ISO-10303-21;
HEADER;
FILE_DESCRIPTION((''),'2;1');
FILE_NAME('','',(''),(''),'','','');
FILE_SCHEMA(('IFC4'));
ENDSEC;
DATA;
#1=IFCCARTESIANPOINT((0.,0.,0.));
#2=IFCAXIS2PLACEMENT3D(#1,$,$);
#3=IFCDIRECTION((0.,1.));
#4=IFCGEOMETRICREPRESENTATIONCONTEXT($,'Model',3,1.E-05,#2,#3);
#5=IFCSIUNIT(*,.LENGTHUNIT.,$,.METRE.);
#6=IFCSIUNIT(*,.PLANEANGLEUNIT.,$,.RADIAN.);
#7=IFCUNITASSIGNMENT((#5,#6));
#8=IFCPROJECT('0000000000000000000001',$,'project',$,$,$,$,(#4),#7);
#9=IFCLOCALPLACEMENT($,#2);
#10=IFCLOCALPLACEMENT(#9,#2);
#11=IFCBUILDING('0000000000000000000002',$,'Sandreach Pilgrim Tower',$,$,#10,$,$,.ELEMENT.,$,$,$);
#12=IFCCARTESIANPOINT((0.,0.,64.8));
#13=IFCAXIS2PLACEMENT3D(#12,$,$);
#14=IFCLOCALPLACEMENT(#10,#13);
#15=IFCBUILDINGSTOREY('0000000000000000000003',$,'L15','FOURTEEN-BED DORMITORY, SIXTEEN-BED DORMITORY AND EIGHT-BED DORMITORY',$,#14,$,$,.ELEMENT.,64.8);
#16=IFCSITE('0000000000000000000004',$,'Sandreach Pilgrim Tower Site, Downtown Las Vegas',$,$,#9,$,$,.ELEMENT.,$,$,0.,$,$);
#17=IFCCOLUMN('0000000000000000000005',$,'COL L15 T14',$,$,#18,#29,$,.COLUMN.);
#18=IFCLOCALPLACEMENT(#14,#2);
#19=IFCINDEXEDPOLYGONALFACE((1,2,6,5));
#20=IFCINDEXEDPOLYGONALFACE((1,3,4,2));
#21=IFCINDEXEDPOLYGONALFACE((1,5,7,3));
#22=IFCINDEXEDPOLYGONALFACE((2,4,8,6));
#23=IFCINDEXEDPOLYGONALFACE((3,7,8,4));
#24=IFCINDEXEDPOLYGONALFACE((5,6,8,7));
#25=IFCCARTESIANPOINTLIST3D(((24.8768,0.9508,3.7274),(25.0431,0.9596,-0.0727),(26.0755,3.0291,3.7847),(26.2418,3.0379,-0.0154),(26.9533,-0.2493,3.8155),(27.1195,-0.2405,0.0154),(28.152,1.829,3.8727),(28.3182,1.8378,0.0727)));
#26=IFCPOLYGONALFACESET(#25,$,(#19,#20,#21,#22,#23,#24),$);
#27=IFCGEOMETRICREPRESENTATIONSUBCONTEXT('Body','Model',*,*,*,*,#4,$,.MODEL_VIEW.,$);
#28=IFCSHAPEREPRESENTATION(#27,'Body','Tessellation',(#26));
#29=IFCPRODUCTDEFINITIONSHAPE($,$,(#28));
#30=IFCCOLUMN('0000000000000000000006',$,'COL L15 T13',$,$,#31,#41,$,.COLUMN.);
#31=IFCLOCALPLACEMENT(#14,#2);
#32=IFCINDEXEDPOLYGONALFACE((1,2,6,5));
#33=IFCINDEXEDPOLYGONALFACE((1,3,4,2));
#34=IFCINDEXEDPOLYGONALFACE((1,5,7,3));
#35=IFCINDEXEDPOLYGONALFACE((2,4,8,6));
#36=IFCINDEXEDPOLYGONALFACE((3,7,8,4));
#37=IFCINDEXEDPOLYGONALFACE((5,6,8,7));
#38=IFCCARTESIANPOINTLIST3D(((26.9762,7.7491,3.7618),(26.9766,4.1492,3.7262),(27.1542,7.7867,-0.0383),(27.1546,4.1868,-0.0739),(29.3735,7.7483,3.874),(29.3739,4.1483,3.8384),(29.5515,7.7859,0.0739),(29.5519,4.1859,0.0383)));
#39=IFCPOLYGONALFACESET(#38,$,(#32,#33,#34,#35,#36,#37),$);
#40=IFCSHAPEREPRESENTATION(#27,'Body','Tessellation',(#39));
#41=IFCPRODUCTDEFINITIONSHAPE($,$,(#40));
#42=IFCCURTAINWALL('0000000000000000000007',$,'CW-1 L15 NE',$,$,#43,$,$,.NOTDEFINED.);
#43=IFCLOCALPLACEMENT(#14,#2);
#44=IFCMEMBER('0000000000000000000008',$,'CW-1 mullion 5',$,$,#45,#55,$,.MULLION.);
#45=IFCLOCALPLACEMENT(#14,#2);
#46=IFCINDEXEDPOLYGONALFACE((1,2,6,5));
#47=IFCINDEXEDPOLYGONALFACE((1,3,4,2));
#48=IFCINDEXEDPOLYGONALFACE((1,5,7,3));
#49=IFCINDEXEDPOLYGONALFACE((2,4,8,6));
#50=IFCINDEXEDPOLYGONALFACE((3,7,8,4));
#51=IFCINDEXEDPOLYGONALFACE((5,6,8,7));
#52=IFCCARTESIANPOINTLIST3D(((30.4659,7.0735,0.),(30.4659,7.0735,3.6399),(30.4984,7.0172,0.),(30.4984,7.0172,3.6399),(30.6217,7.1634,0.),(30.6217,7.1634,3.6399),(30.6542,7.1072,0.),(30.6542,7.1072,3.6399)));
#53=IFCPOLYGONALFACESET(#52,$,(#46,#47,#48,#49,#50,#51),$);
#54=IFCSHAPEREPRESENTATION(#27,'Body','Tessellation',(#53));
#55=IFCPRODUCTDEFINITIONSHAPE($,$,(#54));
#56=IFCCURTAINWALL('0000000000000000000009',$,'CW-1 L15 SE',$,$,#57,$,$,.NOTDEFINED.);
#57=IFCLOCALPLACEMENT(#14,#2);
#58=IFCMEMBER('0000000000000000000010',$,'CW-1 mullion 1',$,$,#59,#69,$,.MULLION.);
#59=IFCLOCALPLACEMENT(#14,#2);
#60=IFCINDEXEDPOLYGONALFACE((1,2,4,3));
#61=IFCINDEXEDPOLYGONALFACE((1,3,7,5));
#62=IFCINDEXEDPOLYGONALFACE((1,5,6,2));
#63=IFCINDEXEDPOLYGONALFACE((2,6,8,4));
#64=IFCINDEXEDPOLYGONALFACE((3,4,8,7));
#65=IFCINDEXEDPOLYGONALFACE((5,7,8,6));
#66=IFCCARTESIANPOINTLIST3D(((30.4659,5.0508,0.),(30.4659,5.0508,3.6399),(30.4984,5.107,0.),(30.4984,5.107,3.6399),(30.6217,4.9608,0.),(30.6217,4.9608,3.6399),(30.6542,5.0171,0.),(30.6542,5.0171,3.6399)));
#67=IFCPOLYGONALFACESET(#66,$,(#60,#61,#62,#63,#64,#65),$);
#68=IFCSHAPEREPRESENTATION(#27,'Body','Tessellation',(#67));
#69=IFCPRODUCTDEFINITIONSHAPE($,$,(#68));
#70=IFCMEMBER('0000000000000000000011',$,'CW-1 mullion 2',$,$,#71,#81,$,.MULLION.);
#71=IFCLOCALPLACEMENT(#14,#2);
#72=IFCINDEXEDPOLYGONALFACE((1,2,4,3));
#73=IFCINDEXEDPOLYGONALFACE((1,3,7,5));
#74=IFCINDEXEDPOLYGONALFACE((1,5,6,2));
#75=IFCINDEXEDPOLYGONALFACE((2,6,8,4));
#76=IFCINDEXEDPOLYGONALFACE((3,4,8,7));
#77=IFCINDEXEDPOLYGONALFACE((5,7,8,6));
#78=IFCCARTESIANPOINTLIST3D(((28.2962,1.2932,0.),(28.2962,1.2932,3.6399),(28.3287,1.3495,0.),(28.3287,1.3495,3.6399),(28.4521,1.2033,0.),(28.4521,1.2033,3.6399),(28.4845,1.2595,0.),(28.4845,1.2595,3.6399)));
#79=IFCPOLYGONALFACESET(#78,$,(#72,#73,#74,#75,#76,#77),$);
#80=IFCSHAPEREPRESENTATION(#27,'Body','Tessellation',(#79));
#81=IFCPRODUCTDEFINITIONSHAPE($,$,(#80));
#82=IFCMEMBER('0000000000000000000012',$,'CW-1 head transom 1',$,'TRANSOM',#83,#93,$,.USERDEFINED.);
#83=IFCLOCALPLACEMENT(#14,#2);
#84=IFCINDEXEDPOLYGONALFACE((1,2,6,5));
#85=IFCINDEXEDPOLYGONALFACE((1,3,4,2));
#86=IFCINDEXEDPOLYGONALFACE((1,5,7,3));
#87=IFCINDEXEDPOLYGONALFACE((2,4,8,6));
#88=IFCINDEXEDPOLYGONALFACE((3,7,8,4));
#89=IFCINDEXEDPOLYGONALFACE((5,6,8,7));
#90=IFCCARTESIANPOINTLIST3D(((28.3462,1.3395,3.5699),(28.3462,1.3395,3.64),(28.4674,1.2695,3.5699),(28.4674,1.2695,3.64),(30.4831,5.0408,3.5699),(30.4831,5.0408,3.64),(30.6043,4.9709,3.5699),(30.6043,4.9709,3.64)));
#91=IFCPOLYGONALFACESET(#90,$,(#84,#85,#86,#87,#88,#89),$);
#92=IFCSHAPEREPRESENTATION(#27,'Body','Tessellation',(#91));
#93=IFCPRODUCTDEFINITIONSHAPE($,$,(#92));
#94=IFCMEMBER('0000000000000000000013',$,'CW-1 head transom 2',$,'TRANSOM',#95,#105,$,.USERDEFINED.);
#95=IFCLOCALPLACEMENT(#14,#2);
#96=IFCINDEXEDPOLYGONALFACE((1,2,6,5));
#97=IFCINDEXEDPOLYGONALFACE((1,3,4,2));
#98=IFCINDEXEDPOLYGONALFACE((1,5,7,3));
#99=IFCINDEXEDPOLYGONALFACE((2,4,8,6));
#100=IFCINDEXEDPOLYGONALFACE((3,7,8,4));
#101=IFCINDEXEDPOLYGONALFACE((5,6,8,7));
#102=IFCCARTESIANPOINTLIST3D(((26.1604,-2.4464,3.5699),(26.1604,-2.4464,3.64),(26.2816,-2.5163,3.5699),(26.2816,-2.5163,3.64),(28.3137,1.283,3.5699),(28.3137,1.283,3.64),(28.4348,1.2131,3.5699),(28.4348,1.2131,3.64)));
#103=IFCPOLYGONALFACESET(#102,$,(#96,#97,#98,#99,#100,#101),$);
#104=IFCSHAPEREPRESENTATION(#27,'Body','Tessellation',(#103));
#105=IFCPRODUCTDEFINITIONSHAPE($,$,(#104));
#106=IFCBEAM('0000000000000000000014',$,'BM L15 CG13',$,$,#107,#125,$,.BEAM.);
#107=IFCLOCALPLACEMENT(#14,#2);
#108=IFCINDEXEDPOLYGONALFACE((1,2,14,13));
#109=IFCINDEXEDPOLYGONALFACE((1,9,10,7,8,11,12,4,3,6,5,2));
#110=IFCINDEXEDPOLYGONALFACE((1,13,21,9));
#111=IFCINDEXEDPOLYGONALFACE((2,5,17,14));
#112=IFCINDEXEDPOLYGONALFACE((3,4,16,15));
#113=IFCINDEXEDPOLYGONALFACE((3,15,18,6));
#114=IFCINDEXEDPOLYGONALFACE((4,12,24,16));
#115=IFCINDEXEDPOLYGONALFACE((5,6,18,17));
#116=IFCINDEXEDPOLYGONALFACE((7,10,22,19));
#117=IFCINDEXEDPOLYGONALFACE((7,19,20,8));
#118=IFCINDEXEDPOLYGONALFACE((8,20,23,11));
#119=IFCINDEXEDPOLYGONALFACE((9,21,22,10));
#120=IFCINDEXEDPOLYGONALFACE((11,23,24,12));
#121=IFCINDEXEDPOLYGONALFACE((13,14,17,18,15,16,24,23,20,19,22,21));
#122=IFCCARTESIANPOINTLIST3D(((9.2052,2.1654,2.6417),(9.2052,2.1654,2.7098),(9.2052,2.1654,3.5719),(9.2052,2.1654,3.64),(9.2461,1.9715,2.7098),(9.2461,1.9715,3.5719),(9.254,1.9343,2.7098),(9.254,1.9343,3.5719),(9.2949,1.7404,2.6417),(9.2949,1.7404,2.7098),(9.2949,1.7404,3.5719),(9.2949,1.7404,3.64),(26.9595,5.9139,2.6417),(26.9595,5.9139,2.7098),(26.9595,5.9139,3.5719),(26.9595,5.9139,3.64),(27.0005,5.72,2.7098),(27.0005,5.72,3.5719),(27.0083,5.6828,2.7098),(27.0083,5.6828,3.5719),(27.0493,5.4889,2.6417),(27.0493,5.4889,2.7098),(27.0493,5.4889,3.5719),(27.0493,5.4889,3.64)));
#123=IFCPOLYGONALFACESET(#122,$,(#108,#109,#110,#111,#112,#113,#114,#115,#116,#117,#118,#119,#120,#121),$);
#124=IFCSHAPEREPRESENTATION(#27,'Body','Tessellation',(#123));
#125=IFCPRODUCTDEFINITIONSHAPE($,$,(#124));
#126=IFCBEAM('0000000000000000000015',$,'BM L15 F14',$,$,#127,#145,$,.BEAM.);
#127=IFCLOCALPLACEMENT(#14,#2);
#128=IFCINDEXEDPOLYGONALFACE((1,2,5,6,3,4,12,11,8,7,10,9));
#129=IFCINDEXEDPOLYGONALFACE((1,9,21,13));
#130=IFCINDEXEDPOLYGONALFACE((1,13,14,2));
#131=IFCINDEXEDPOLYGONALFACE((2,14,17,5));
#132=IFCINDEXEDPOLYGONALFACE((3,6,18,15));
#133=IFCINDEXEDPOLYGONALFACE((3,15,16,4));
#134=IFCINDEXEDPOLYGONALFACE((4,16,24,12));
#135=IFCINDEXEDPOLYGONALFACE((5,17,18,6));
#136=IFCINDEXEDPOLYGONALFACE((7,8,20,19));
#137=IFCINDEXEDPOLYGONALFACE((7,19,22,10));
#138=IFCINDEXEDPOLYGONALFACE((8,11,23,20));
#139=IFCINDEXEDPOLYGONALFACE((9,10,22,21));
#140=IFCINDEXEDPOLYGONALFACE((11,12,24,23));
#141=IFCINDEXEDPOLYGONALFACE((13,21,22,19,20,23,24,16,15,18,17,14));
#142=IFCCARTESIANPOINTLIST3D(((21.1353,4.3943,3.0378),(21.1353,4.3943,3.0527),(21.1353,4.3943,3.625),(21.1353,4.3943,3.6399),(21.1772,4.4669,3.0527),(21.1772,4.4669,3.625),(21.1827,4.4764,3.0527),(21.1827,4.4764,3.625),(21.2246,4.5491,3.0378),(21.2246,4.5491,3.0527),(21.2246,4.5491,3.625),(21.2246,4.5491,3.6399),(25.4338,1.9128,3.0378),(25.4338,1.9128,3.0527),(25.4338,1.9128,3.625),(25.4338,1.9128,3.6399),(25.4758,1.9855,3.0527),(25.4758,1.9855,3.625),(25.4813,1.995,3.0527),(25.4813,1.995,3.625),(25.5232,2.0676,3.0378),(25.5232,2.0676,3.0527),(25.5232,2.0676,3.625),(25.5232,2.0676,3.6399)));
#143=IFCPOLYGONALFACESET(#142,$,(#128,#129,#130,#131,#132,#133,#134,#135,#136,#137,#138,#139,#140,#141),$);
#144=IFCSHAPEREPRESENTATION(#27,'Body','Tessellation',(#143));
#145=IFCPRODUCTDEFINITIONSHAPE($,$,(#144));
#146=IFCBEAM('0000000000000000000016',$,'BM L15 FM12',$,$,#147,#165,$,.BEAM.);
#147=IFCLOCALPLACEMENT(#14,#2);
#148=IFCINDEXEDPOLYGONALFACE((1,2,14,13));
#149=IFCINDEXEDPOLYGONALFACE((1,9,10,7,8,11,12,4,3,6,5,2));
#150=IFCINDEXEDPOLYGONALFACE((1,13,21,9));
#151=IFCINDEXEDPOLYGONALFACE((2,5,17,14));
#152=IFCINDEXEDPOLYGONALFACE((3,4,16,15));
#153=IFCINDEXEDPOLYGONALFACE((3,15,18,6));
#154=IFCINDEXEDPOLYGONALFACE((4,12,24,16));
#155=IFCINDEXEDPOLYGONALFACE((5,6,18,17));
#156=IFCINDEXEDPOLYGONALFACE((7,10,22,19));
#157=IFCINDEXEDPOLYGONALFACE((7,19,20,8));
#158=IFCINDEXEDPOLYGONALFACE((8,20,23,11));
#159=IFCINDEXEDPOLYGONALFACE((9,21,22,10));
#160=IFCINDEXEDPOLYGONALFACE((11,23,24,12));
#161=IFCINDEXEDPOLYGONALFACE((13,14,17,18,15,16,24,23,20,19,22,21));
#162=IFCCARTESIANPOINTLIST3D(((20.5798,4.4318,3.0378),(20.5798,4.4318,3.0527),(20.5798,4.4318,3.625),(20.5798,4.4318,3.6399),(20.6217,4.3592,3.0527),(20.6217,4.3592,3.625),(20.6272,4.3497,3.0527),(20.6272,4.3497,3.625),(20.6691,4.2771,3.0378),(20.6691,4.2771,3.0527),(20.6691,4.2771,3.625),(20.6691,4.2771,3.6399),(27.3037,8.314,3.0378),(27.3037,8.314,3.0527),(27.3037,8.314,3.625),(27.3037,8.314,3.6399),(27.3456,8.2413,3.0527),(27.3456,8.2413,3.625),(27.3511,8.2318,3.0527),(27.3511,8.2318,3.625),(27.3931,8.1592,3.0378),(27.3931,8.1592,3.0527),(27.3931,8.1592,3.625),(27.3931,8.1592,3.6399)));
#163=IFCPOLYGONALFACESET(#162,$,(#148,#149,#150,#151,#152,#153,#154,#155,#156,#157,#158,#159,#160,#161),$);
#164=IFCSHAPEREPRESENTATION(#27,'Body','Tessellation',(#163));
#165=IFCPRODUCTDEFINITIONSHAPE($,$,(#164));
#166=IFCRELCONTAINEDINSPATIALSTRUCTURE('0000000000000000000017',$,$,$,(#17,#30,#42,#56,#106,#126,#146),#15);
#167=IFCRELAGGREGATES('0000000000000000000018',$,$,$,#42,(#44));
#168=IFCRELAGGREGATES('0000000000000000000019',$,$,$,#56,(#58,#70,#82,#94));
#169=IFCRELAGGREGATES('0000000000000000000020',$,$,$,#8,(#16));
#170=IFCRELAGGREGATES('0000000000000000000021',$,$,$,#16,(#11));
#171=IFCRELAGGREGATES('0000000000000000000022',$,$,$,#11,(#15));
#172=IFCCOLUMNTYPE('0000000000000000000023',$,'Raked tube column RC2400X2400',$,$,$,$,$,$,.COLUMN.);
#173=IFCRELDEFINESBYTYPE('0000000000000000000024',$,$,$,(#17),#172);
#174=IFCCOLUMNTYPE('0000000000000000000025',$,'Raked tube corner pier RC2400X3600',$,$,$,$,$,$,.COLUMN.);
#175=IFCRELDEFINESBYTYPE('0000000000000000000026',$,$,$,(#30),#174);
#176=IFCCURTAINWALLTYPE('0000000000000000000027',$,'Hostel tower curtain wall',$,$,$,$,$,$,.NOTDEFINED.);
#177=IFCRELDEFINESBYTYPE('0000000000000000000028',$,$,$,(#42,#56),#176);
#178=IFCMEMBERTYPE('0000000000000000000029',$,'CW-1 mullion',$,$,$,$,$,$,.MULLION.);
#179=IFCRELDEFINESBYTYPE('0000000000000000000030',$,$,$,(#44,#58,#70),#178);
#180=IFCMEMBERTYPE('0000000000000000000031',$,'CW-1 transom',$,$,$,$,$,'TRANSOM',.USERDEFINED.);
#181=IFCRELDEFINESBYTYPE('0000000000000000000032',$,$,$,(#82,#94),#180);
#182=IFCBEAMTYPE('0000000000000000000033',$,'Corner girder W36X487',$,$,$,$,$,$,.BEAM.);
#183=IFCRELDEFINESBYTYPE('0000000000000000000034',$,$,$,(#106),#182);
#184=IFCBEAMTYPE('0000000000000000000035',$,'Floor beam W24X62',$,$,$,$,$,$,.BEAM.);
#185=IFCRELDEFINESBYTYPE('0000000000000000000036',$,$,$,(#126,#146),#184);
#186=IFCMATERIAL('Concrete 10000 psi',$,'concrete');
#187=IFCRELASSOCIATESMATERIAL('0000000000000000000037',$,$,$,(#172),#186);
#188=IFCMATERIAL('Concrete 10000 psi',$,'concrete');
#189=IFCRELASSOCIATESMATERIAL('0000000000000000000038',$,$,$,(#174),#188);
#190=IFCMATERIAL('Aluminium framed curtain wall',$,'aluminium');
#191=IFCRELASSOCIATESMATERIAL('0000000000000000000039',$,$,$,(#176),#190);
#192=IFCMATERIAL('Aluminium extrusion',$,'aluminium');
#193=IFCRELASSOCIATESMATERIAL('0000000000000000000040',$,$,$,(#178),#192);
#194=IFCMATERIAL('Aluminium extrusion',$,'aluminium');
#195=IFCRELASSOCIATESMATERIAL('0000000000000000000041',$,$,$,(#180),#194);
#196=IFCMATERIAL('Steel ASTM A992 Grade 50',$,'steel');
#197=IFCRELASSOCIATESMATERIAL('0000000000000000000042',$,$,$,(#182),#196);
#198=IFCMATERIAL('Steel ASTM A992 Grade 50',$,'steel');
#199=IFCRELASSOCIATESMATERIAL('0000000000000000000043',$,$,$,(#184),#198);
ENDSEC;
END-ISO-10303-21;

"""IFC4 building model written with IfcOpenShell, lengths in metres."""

from ifc_helpers import new_model, si_unit, direction, frame, origin, origin_2d, place, context, subcontext, project, spatial, rectangle, i_section, extrude, material, material_profile, profile_set, type_object, element, aggregate, save


model = new_model("IFC4")

# Units and contexts
model_context = context("Model", 3, precision=1e-05, world=origin(), true_north=direction((0.0, 1.0)))
body_context = subcontext(model_context, "Body", "Model", "MODEL_VIEW")
ifc_project = project(units=[si_unit("LENGTHUNIT", "METRE"), si_unit("PLANEANGLEUNIT", "RADIAN")], contexts=[model_context])

# Site, building, storey
site_placement = place(None, origin())
site = spatial("IfcSite", under=ifc_project, at=site_placement, Name="Sandreach Pilgrim Tower Site, Downtown Las Vegas", CompositionType="ELEMENT", RefElevation=0.0)
building_placement = place(site_placement, origin())
building = spatial("IfcBuilding", under=site, at=building_placement, Name="Sandreach Pilgrim Tower", CompositionType="ELEMENT")
storey_placement = place(building_placement, frame((0.0, 0.0, 64.8)))
storey = spatial("IfcBuildingStorey", under=building, at=storey_placement, Name="L15", Description="FOURTEEN-BED DORMITORY, SIXTEEN-BED DORMITORY AND EIGHT-BED DORMITORY", CompositionType="ELEMENT", Elevation=64.8)

# Columns
ifc_material_1 = material(Name="Concrete 10000 psi", Category="concrete")
ifc_material_profile_1 = material_profile(ifc_material_1, rectangle(XDim=2.3999, YDim=2.3999, at=origin_2d()), Name="RC2400X2400")
ifc_profile_set_1 = profile_set([ifc_material_profile_1], Name="Concrete 10000 psi")
column_type_1 = type_object("IfcColumnType", Name="Raked tube column RC2400X2400", PredefinedType="COLUMN", material=ifc_profile_set_1)
column_1_placement = place(storey_placement, frame((26.6807, 1.3987, 0.0), z_axis=(-0.04371, -0.002311, 0.999042), x_axis=(0.865224, -0.500041, 0.036699)))
element("IfcColumn", 1, at=column_1_placement, inside=storey, type_object=column_type_1, Name="COL L15 T14", PredefinedType="COLUMN", context=body_context, shape_type="SweptSolid", body=[
    extrude(rectangle(XDim=2.3999, YDim=2.3999, at=origin_2d()), origin(), (0.0, 0.0, 1.0), 3.8037),
])
ifc_material_2 = material(Name="Concrete 10000 psi", Category="concrete")
ifc_material_profile_2 = material_profile(ifc_material_2, rectangle(XDim=2.3999, YDim=3.6001, at=origin_2d()), Name="RC2400X3600")
ifc_profile_set_2 = profile_set([ifc_material_profile_2], Name="Concrete 10000 psi")
column_type_2 = type_object("IfcColumnType", Name="Raked tube corner pier RC2400X3600", PredefinedType="COLUMN", material=ifc_profile_set_2)
column_2_placement = place(storey_placement, frame((28.353, 5.9863, 0.0), z_axis=(-0.046782, -0.009883, 0.998856), x_axis=(0.998905, -0.000352, 0.046781)))
element("IfcColumn", 2, at=column_2_placement, inside=storey, type_object=column_type_2, Name="COL L15 T13", PredefinedType="COLUMN", context=body_context, shape_type="SweptSolid", body=[
    extrude(rectangle(XDim=2.3999, YDim=3.6001, at=origin_2d()), origin(), (0.0, 0.0, 1.0), 3.8044),
])

# Curtain wall, member
ifc_material_3 = material(Name="Aluminium framed curtain wall", Category="aluminium")
curtain_wall_type = type_object("IfcCurtainWallType", Name="Hostel tower curtain wall", PredefinedType="NOTDEFINED", material=ifc_material_3)
curtain_wall_1_placement = place(storey_placement, origin())
curtain_wall_1 = element("IfcCurtainWall", 3, at=curtain_wall_1_placement, inside=storey, type_object=curtain_wall_type, Name="CW-1 L15 NE", PredefinedType="NOTDEFINED")
ifc_material_4 = material(Name="Aluminium extrusion", Category="aluminium")
ifc_material_profile_3 = material_profile(ifc_material_4, rectangle(XDim=0.0649, YDim=0.1799, at=origin_2d()), Name="CW-1M 65X180")
ifc_profile_set_3 = profile_set([ifc_material_profile_3], Name="Aluminium extrusion")
member_type_1 = type_object("IfcMemberType", Name="CW-1 mullion", PredefinedType="MULLION", material=ifc_profile_set_3)
member_1_placement = place(storey_placement, frame((30.5601, 7.0903, 0.0), z_axis=(0.0, 0.0, 1.0), x_axis=(0.5, -0.866025, 0.0)))
member_1 = element("IfcMember", 4, at=member_1_placement, type_object=member_type_1, Name="CW-1 mullion 5", PredefinedType="MULLION", context=body_context, shape_type="SweptSolid", body=[
    extrude(rectangle(XDim=0.0649, YDim=0.1799, at=origin_2d()), origin(), (0.0, 0.0, 1.0), 3.6399),
])

# Curtain wall, members
curtain_wall_2_placement = place(storey_placement, origin())
curtain_wall_2 = element("IfcCurtainWall", 5, at=curtain_wall_2_placement, inside=storey, type_object=curtain_wall_type, Name="CW-1 L15 SE", PredefinedType="NOTDEFINED")
member_2_placement = place(storey_placement, frame((30.5601, 5.0339, 0.0), z_axis=(0.0, 0.0, 1.0), x_axis=(-0.5, -0.866025, 0.0)))
member_2 = element("IfcMember", 6, at=member_2_placement, type_object=member_type_1, Name="CW-1 mullion 1", PredefinedType="MULLION", context=body_context, shape_type="SweptSolid", body=[
    extrude(rectangle(XDim=0.0649, YDim=0.1799, at=origin_2d()), origin(), (0.0, 0.0, 1.0), 3.6399),
])
member_3_placement = place(storey_placement, frame((28.3904, 1.2764, 0.0), z_axis=(0.0, 0.0, 1.0), x_axis=(-0.5, -0.866025, 0.0)))
member_3 = element("IfcMember", 7, at=member_3_placement, type_object=member_type_1, Name="CW-1 mullion 2", PredefinedType="MULLION", context=body_context, shape_type="SweptSolid", body=[
    extrude(rectangle(XDim=0.0649, YDim=0.1799, at=origin_2d()), origin(), (0.0, 0.0, 1.0), 3.6399),
])
ifc_material_5 = material(Name="Aluminium extrusion", Category="aluminium")
ifc_material_profile_4 = material_profile(ifc_material_5, rectangle(XDim=0.1399, YDim=0.0701, at=origin_2d()), Name="CW-1T 140X70")
ifc_profile_set_4 = profile_set([ifc_material_profile_4], Name="Aluminium extrusion")
member_type_2 = type_object("IfcMemberType", Name="CW-1 transom", ElementType="TRANSOM", PredefinedType="USERDEFINED", material=ifc_profile_set_4)
member_4_placement = place(storey_placement, frame((30.5437, 5.0059, 3.605), z_axis=(-0.499991, -0.866031, 0.0), x_axis=(0.866031, -0.499991, 0.0)))
member_4 = element("IfcMember", 8, at=member_4_placement, type_object=member_type_2, Name="CW-1 head transom 1", ObjectType="TRANSOM", PredefinedType="USERDEFINED", context=body_context, shape_type="SweptSolid", body=[
    extrude(rectangle(XDim=0.1399, YDim=0.0701, at=origin_2d()), origin(), (0.0, 0.0, 1.0), 4.2739),
])
member_5_placement = place(storey_placement, frame((28.3743, 1.248, 3.605), z_axis=(-0.500017, -0.866016, 0.0), x_axis=(0.866016, -0.500017, 0.0)))
member_5 = element("IfcMember", 9, at=member_5_placement, type_object=member_type_2, Name="CW-1 head transom 2", ObjectType="TRANSOM", PredefinedType="USERDEFINED", context=body_context, shape_type="SweptSolid", body=[
    extrude(rectangle(XDim=0.1399, YDim=0.0701, at=origin_2d()), origin(), (0.0, 0.0, 1.0), 4.3064),
])

# Beams
ifc_material_6 = material(Name="Steel ASTM A992 Grade 50", Category="steel")
ifc_material_profile_5 = material_profile(ifc_material_6, i_section(OverallWidth=0.4343, OverallDepth=0.9983, WebThickness=0.0381, FlangeThickness=0.0681, at=origin_2d()), Name="W36X487")
ifc_profile_set_5 = profile_set([ifc_material_profile_5], Name="Steel ASTM A992 Grade 50")
beam_type_1 = type_object("IfcBeamType", Name="Corner girder W36X487", PredefinedType="BEAM", material=ifc_profile_set_5)
beam_1_placement = place(storey_placement, frame((27.0044, 5.7014, 3.1409), z_axis=(-0.97843, -0.206579, 0.0), x_axis=(0.206579, -0.97843, 0.0)))
element("IfcBeam", 10, at=beam_1_placement, inside=storey, type_object=beam_type_1, Name="BM L15 CG13", PredefinedType="BEAM", context=body_context, shape_type="SweptSolid", body=[
    extrude(i_section(OverallWidth=0.4343, OverallDepth=0.9983, WebThickness=0.0381, FlangeThickness=0.0681, at=origin_2d()), origin(), (0.0, 0.0, 1.0), 18.1458),
])
ifc_material_7 = material(Name="Steel ASTM A992 Grade 50", Category="steel")
ifc_material_profile_6 = material_profile(ifc_material_7, i_section(OverallWidth=0.1787, OverallDepth=0.6021, WebThickness=0.011, FlangeThickness=0.0149, at=origin_2d()), Name="W24X62")
ifc_profile_set_6 = profile_set([ifc_material_profile_6], Name="Steel ASTM A992 Grade 50")
beam_type_2 = type_object("IfcBeamType", Name="Floor beam W24X62", PredefinedType="BEAM", material=ifc_profile_set_6)
beam_2_placement = place(storey_placement, frame((25.4785, 1.9902, 3.3389), z_axis=(-0.866055, 0.499948, 0.0), x_axis=(-0.499948, -0.866055, 0.0)))
element("IfcBeam", 11, at=beam_2_placement, inside=storey, type_object=beam_type_2, Name="BM L15 F14", PredefinedType="BEAM", context=body_context, shape_type="SweptSolid", body=[
    extrude(i_section(OverallWidth=0.1787, OverallDepth=0.6021, WebThickness=0.011, FlangeThickness=0.0149, at=origin_2d()), origin(), (0.0, 0.0, 1.0), 4.9634),
])
beam_3_placement = place(storey_placement, frame((27.3484, 8.2366, 3.3389), z_axis=(-0.866023, -0.500005, 0.0), x_axis=(0.500005, -0.866023, 0.0)))
element("IfcBeam", 12, at=beam_3_placement, inside=storey, type_object=beam_type_2, Name="BM L15 FM12", PredefinedType="BEAM", context=body_context, shape_type="SweptSolid", body=[
    extrude(i_section(OverallWidth=0.1787, OverallDepth=0.6021, WebThickness=0.011, FlangeThickness=0.0149, at=origin_2d()), origin(), (0.0, 0.0, 1.0), 7.7642),
])

aggregate(curtain_wall_1, [member_1])
aggregate(curtain_wall_2, [member_2, member_3, member_4, member_5])

save(model, "model.ifc")
